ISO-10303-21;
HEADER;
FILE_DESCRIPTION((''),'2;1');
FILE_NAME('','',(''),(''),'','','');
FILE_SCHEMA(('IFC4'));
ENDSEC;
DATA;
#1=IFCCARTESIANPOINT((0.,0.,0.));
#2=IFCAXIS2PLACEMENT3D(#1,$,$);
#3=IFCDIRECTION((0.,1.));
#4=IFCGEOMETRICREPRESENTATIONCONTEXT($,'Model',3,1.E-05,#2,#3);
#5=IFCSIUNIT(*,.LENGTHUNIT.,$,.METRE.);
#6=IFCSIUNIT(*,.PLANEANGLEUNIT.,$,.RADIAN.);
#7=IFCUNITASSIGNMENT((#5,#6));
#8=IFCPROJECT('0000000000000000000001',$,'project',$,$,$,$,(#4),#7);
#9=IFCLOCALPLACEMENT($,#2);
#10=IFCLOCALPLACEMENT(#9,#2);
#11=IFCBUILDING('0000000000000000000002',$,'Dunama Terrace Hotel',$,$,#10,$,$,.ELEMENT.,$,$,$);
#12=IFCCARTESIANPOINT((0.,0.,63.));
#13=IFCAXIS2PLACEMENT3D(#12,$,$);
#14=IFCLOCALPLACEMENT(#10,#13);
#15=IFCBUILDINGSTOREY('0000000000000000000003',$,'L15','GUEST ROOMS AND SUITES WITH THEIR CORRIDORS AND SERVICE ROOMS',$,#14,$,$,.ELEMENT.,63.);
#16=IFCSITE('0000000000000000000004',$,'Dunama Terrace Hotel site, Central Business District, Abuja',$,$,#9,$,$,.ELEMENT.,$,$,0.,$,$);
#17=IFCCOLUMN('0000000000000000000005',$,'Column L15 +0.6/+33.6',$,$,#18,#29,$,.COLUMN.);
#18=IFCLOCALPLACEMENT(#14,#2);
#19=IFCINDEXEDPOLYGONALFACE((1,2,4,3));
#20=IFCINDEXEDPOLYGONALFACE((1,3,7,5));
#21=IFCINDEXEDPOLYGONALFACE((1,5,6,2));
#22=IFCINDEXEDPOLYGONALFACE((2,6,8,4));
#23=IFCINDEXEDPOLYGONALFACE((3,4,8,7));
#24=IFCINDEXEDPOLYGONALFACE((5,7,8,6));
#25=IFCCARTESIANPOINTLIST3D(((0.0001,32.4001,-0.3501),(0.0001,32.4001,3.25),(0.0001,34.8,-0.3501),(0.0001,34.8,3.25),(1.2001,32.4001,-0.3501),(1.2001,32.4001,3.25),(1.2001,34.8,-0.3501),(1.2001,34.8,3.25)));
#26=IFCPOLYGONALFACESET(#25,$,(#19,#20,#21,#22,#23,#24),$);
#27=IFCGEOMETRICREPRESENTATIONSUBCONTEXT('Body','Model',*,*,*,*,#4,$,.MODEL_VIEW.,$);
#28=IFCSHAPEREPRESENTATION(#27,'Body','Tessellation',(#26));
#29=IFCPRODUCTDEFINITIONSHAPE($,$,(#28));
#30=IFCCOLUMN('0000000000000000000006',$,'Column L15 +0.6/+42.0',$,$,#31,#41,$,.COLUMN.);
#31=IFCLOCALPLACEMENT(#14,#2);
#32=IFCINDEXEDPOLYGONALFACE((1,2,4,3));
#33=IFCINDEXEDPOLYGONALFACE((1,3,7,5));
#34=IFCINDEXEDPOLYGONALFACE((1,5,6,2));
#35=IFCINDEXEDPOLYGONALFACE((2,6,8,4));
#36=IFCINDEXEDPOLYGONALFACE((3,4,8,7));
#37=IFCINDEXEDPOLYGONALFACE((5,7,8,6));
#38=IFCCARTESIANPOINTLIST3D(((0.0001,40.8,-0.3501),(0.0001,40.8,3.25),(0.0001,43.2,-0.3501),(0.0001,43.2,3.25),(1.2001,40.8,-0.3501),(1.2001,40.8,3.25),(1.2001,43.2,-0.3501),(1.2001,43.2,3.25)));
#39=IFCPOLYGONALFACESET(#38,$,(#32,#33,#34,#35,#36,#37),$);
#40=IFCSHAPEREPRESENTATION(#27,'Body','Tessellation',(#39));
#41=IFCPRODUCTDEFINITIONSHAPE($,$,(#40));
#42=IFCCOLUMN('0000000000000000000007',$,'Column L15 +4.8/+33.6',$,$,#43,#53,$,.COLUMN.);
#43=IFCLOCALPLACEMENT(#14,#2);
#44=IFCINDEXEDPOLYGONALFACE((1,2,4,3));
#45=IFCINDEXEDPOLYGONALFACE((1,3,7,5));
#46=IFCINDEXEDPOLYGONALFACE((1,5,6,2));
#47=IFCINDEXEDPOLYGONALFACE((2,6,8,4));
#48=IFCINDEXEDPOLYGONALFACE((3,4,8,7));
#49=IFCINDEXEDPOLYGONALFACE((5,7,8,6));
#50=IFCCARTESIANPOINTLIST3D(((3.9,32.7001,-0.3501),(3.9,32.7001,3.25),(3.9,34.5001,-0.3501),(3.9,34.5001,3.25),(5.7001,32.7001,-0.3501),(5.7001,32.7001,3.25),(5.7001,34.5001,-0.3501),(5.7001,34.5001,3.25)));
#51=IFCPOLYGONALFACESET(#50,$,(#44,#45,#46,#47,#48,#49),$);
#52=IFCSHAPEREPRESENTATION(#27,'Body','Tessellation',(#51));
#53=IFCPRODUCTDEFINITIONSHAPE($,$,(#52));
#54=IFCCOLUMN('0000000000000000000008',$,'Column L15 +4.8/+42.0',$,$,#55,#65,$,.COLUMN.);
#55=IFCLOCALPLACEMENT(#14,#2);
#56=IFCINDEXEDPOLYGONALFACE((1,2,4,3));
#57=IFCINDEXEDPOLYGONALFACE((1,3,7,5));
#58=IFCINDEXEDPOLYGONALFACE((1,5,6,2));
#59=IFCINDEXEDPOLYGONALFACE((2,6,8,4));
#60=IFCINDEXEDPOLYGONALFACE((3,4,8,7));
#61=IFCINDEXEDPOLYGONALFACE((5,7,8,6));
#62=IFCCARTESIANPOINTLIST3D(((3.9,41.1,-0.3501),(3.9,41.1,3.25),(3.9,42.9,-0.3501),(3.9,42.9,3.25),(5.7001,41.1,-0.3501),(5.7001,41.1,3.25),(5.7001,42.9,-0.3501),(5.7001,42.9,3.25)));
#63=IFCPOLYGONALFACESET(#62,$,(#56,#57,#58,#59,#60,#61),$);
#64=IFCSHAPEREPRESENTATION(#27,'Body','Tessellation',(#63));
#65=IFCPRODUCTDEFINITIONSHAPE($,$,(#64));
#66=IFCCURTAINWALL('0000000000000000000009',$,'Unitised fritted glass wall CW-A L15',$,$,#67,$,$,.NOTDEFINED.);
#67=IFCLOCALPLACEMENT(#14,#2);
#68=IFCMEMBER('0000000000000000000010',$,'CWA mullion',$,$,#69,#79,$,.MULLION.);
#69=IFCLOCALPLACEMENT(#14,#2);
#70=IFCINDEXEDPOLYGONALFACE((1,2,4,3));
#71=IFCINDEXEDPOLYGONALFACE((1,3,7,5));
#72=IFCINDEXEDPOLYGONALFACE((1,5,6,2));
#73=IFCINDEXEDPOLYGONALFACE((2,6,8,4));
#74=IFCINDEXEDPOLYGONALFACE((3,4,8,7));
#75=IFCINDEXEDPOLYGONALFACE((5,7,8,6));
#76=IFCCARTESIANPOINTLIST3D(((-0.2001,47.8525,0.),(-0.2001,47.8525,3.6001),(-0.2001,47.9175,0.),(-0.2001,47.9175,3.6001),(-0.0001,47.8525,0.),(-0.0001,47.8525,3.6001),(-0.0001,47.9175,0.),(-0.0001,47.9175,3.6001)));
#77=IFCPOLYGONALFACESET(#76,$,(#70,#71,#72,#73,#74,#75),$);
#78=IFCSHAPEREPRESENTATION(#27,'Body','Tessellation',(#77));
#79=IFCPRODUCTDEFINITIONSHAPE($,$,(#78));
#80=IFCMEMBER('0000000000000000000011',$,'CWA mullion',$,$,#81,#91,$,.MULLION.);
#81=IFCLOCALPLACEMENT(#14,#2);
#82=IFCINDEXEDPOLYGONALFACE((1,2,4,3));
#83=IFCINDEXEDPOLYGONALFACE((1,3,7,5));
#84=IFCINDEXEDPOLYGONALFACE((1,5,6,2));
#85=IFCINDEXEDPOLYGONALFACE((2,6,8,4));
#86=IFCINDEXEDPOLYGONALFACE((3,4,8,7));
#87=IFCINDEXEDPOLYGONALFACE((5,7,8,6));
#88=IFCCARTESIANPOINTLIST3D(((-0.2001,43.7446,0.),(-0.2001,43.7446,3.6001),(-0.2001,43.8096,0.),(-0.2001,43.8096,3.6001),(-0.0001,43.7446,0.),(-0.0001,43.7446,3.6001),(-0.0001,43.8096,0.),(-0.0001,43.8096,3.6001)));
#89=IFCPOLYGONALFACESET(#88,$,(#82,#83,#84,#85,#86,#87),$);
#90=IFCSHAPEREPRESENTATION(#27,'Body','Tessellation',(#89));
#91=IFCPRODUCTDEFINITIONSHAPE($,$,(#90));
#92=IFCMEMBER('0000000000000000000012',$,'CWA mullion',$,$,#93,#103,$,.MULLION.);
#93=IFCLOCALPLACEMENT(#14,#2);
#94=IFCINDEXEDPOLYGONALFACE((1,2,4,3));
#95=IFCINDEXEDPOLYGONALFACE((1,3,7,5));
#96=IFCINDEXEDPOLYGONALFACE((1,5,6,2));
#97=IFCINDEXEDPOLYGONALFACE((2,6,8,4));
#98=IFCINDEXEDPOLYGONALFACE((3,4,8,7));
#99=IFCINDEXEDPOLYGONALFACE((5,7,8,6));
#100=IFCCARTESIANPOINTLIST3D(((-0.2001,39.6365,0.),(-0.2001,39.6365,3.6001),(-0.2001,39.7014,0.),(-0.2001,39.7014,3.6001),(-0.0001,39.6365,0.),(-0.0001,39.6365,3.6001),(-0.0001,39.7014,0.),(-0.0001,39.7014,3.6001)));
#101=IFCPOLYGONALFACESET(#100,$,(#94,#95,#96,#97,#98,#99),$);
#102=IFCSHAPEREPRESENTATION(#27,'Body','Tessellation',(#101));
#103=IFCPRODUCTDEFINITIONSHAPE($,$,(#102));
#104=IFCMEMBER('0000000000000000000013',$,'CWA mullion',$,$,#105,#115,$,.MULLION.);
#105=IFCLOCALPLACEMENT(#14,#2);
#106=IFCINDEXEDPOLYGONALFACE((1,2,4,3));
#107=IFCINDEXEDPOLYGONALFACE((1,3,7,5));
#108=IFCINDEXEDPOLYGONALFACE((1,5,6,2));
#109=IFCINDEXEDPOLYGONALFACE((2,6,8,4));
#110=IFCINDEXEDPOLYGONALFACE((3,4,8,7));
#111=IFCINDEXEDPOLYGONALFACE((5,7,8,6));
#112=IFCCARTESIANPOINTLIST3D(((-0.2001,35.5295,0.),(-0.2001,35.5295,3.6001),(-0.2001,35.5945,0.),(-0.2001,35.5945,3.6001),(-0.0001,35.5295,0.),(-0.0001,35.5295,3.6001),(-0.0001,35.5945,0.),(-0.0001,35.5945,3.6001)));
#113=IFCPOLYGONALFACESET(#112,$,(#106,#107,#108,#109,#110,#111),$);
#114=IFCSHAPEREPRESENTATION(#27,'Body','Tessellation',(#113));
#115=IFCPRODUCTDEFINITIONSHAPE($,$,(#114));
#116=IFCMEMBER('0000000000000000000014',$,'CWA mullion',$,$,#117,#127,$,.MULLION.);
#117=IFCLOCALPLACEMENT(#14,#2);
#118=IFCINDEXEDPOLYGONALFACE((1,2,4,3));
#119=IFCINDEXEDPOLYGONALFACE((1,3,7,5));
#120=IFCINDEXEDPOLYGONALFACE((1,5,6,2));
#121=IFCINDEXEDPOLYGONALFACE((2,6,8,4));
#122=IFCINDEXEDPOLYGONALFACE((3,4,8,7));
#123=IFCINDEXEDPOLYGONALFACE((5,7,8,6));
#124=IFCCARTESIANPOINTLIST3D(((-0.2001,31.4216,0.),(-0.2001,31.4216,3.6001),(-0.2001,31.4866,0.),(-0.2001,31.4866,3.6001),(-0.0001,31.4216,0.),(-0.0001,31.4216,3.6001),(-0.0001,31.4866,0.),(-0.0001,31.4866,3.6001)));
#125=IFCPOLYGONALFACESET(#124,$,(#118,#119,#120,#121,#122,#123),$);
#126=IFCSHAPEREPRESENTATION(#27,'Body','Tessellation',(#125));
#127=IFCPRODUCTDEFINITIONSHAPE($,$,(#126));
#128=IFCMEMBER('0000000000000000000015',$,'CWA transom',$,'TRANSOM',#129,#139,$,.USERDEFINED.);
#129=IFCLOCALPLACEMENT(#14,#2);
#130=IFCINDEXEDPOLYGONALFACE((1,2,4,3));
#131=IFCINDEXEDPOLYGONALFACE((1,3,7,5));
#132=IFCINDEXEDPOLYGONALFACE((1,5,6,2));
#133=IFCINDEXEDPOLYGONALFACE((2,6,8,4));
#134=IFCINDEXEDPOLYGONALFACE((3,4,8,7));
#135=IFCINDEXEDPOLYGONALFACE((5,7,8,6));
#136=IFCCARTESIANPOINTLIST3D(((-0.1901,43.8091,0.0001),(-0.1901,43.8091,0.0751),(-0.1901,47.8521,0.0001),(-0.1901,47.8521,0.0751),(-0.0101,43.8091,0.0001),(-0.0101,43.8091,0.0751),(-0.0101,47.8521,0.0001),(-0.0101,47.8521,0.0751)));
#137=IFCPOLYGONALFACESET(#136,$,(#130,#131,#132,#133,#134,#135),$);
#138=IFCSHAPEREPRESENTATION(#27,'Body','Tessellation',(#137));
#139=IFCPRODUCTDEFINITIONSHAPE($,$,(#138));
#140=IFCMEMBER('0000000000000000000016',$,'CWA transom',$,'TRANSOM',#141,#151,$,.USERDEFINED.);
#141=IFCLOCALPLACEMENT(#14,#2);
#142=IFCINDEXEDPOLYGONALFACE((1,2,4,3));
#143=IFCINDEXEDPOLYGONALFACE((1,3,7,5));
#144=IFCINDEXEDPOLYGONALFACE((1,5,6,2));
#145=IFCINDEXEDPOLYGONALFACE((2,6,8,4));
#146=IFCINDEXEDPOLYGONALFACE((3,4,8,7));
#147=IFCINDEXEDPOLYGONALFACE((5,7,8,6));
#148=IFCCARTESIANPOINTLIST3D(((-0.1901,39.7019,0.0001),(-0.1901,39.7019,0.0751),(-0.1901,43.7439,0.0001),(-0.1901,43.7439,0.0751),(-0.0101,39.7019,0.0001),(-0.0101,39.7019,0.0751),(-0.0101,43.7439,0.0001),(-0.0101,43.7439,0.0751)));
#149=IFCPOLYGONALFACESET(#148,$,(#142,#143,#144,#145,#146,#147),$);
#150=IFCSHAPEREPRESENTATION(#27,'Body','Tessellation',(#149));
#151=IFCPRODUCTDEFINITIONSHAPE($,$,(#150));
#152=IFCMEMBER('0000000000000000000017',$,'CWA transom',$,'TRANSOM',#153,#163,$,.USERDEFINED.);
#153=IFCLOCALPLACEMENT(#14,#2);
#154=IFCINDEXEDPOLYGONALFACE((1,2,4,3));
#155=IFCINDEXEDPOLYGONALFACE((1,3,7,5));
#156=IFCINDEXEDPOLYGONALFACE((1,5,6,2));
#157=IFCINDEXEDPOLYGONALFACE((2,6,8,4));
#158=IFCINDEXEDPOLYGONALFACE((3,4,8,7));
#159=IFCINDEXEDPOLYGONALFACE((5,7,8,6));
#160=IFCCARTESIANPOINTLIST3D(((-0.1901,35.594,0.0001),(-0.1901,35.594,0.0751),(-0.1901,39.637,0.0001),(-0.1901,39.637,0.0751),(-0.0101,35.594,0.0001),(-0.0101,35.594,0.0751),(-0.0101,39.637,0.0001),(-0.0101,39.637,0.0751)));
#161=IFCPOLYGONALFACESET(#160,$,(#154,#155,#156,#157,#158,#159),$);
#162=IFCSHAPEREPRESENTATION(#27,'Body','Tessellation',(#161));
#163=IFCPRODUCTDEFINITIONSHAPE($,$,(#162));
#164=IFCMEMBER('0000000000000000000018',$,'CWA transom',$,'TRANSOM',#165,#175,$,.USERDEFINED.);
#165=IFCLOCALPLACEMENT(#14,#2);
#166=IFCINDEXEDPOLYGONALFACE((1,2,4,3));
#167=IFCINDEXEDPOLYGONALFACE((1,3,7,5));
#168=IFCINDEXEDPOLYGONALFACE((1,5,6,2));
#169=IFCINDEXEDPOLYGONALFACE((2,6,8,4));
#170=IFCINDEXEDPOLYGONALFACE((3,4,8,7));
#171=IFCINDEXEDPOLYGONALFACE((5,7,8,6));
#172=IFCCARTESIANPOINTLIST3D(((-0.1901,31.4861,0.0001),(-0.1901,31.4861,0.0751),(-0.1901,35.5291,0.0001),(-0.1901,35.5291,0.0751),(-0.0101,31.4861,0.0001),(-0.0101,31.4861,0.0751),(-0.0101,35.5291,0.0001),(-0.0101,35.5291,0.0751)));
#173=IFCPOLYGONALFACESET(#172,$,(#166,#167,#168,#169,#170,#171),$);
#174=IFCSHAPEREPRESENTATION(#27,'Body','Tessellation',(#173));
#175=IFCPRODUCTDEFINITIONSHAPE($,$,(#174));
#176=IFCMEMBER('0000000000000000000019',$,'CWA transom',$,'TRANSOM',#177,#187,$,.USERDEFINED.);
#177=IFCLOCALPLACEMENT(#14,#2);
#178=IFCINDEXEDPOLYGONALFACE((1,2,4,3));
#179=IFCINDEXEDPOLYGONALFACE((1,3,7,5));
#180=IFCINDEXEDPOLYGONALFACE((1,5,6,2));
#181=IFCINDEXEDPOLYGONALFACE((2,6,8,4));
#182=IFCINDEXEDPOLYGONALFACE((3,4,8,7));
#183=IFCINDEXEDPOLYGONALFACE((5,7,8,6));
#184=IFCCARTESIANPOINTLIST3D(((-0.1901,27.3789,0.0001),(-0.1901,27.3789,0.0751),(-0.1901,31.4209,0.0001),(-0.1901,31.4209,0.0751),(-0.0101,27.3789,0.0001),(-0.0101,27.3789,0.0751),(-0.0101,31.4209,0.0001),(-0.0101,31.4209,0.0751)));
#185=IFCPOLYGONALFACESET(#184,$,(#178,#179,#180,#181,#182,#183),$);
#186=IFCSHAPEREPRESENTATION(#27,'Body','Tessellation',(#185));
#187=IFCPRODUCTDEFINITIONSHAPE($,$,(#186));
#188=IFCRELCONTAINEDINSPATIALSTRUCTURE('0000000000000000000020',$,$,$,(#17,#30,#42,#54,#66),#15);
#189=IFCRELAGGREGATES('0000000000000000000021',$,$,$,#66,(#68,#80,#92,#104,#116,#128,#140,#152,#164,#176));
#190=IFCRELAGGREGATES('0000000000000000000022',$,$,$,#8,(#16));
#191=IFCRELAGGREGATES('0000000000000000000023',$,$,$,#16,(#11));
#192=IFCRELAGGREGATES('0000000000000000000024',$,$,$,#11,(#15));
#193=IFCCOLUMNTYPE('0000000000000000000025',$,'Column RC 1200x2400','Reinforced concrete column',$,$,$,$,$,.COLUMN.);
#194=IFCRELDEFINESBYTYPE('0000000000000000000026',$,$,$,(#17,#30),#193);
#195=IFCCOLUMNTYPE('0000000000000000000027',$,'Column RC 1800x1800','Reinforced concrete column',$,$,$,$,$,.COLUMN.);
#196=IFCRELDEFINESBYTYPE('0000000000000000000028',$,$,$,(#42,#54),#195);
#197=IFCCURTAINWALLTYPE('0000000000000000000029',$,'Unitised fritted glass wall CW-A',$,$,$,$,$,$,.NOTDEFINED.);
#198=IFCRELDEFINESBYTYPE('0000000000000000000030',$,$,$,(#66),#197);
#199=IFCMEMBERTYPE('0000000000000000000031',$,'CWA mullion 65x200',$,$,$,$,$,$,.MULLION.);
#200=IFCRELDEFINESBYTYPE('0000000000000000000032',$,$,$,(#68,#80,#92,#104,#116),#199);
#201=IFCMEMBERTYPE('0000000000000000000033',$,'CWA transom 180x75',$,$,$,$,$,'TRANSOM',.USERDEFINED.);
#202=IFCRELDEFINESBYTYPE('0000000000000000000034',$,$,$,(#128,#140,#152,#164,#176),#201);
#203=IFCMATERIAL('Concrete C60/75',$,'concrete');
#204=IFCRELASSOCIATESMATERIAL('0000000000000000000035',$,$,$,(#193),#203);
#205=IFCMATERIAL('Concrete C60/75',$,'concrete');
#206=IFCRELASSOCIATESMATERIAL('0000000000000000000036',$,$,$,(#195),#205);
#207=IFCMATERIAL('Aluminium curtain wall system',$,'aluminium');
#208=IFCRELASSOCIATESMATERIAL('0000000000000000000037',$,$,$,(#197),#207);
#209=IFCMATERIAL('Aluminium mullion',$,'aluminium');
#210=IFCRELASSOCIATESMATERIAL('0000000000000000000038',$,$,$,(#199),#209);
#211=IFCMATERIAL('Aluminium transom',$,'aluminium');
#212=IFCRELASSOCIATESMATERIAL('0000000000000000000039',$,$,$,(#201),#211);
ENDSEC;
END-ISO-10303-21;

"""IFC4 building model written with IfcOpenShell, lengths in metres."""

from ifc_helpers import new_model, si_unit, direction, frame, origin, origin_2d, place, context, subcontext, project, spatial, rectangle, extrude, material, material_profile, profile_set, type_object, element, aggregate, save


model = new_model("IFC4")

# Units and contexts
model_context = context("Model", 3, precision=1e-05, world=origin(), true_north=direction((0.0, 1.0)))
body_context = subcontext(model_context, "Body", "Model", "MODEL_VIEW")
ifc_project = project(units=[si_unit("LENGTHUNIT", "METRE"), si_unit("PLANEANGLEUNIT", "RADIAN")], contexts=[model_context])

# Site, building, storey
site_placement = place(None, origin())
site = spatial("IfcSite", under=ifc_project, at=site_placement, Name="Dunama Terrace Hotel site, Central Business District, Abuja", CompositionType="ELEMENT", RefElevation=0.0)
building_placement = place(site_placement, origin())
building = spatial("IfcBuilding", under=site, at=building_placement, Name="Dunama Terrace Hotel", CompositionType="ELEMENT")
storey_placement = place(building_placement, frame((0.0, 0.0, 63.0)))
storey = spatial("IfcBuildingStorey", under=building, at=storey_placement, Name="L15", Description="GUEST ROOMS AND SUITES WITH THEIR CORRIDORS AND SERVICE ROOMS", CompositionType="ELEMENT", Elevation=63.0)

# Columns
ifc_material_1 = material(Name="Concrete C60/75", Category="concrete")
ifc_material_profile_1 = material_profile(ifc_material_1, rectangle(XDim=1.2, YDim=2.3999, at=origin_2d()), Name="RC 1200x2400")
ifc_profile_set_1 = profile_set([ifc_material_profile_1], Name="Concrete C60/75")
column_type_1 = type_object("IfcColumnType", Name="Column RC 1200x2400", Description="Reinforced concrete column", PredefinedType="COLUMN", material=ifc_profile_set_1)
for number, where, z_axis, x_axis, name in (
    (1, (0.6001, 33.6001, -0.3501), (0.0, 0.0, 1.0), (1.0, 0.0, 0.0), "Column L15 +0.6/+33.6"),
    (2, (0.6001, 42.0, -0.3501), (0.0, 0.0, 1.0), (1.0, 0.0, 0.0), "Column L15 +0.6/+42.0"),
):
    element("IfcColumn", number, at=place(storey_placement, frame(where, z_axis=z_axis, x_axis=x_axis)), inside=storey, type_object=column_type_1, Name=name, PredefinedType="COLUMN", context=body_context, shape_type="SweptSolid", body=[
        extrude(rectangle(XDim=1.2, YDim=2.3999, at=origin_2d()), origin(), (0.0, 0.0, 1.0), 3.6001),
    ])
ifc_material_2 = material(Name="Concrete C60/75", Category="concrete")
ifc_material_profile_2 = material_profile(ifc_material_2, rectangle(XDim=1.8, YDim=1.8, at=origin_2d()), Name="RC 1800x1800")
ifc_profile_set_2 = profile_set([ifc_material_profile_2], Name="Concrete C60/75")
column_type_2 = type_object("IfcColumnType", Name="Column RC 1800x1800", Description="Reinforced concrete column", PredefinedType="COLUMN", material=ifc_profile_set_2)
for number, where, z_axis, x_axis, name in (
    (3, (4.8, 33.6001, -0.3501), (0.0, 0.0, 1.0), (1.0, 0.0, 0.0), "Column L15 +4.8/+33.6"),
    (4, (4.8, 42.0, -0.3501), (0.0, 0.0, 1.0), (1.0, 0.0, 0.0), "Column L15 +4.8/+42.0"),
):
    element("IfcColumn", number, at=place(storey_placement, frame(where, z_axis=z_axis, x_axis=x_axis)), inside=storey, type_object=column_type_2, Name=name, PredefinedType="COLUMN", context=body_context, shape_type="SweptSolid", body=[
        extrude(rectangle(XDim=1.8, YDim=1.8, at=origin_2d()), origin(), (0.0, 0.0, 1.0), 3.6001),
    ])

# Curtain wall, members
ifc_material_3 = material(Name="Aluminium curtain wall system", Category="aluminium")
curtain_wall_type = type_object("IfcCurtainWallType", Name="Unitised fritted glass wall CW-A", PredefinedType="NOTDEFINED", material=ifc_material_3)
curtain_wall_placement = place(storey_placement, origin())
curtain_wall = element("IfcCurtainWall", 5, at=curtain_wall_placement, inside=storey, type_object=curtain_wall_type, Name="Unitised fritted glass wall CW-A L15", PredefinedType="NOTDEFINED")
ifc_material_4 = material(Name="Aluminium mullion", Category="aluminium")
ifc_material_profile_3 = material_profile(ifc_material_4, rectangle(XDim=0.0649, YDim=0.2, at=origin_2d()), Name="CWA MULLION 65X200")
ifc_profile_set_3 = profile_set([ifc_material_profile_3], Name="Aluminium mullion")
member_type_1 = type_object("IfcMemberType", Name="CWA mullion 65x200", PredefinedType="MULLION", material=ifc_profile_set_3)
member_1_placement = place(storey_placement, frame((-0.1001, 47.885, 0.0), z_axis=(0.0, 0.0, 1.0), x_axis=(0.0, -1.0, 0.0)))
member_1 = element("IfcMember", 6, at=member_1_placement, type_object=member_type_1, Name="CWA mullion", PredefinedType="MULLION", context=body_context, shape_type="SweptSolid", body=[
    extrude(rectangle(XDim=0.0649, YDim=0.2, at=origin_2d()), origin(), (0.0, 0.0, 1.0), 3.6001),
])
member_2_placement = place(storey_placement, frame((-0.1001, 43.7771, 0.0), z_axis=(0.0, 0.0, 1.0), x_axis=(0.0, -1.0, 0.0)))
member_2 = element("IfcMember", 7, at=member_2_placement, type_object=member_type_1, Name="CWA mullion", PredefinedType="MULLION", context=body_context, shape_type="SweptSolid", body=[
    extrude(rectangle(XDim=0.0649, YDim=0.2, at=origin_2d()), origin(), (0.0, 0.0, 1.0), 3.6001),
])
member_3_placement = place(storey_placement, frame((-0.1001, 39.6689, 0.0), z_axis=(0.0, 0.0, 1.0), x_axis=(0.0, -1.0, 0.0)))
member_3 = element("IfcMember", 8, at=member_3_placement, type_object=member_type_1, Name="CWA mullion", PredefinedType="MULLION", context=body_context, shape_type="SweptSolid", body=[
    extrude(rectangle(XDim=0.0649, YDim=0.2, at=origin_2d()), origin(), (0.0, 0.0, 1.0), 3.6001),
])
member_4_placement = place(storey_placement, frame((-0.1001, 35.562, 0.0), z_axis=(0.0, 0.0, 1.0), x_axis=(0.0, -1.0, 0.0)))
member_4 = element("IfcMember", 9, at=member_4_placement, type_object=member_type_1, Name="CWA mullion", PredefinedType="MULLION", context=body_context, shape_type="SweptSolid", body=[
    extrude(rectangle(XDim=0.0649, YDim=0.2, at=origin_2d()), origin(), (0.0, 0.0, 1.0), 3.6001),
])
member_5_placement = place(storey_placement, frame((-0.1001, 31.4541, 0.0), z_axis=(0.0, 0.0, 1.0), x_axis=(0.0, -1.0, 0.0)))
member_5 = element("IfcMember", 10, at=member_5_placement, type_object=member_type_1, Name="CWA mullion", PredefinedType="MULLION", context=body_context, shape_type="SweptSolid", body=[
    extrude(rectangle(XDim=0.0649, YDim=0.2, at=origin_2d()), origin(), (0.0, 0.0, 1.0), 3.6001),
])
ifc_material_5 = material(Name="Aluminium transom", Category="aluminium")
ifc_material_profile_4 = material_profile(ifc_material_5, rectangle(XDim=0.1799, YDim=0.075, at=origin_2d()), Name="CWA TRANSOM 180X75")
ifc_profile_set_4 = profile_set([ifc_material_profile_4], Name="Aluminium transom")
member_type_2 = type_object("IfcMemberType", Name="CWA transom 180x75", ElementType="TRANSOM", PredefinedType="USERDEFINED", material=ifc_profile_set_4)
member_6_placement = place(storey_placement, frame((-0.1001, 47.8521, 0.0376), z_axis=(0.0, -1.0, 0.0), x_axis=(1.0, 0.0, 0.0)))
member_6 = element("IfcMember", 11, at=member_6_placement, type_object=member_type_2, Name="CWA transom", ObjectType="TRANSOM", PredefinedType="USERDEFINED", context=body_context, shape_type="SweptSolid", body=[
    extrude(rectangle(XDim=0.1799, YDim=0.075, at=origin_2d()), origin(), (0.0, 0.0, 1.0), 4.043),
])
member_7_placement = place(storey_placement, frame((-0.1001, 43.7439, 0.0376), z_axis=(0.0, -1.0, 0.0), x_axis=(1.0, 0.0, 0.0)))
member_7 = element("IfcMember", 12, at=member_7_placement, type_object=member_type_2, Name="CWA transom", ObjectType="TRANSOM", PredefinedType="USERDEFINED", context=body_context, shape_type="SweptSolid", body=[
    extrude(rectangle(XDim=0.1799, YDim=0.075, at=origin_2d()), origin(), (0.0, 0.0, 1.0), 4.042),
])
member_8_placement = place(storey_placement, frame((-0.1001, 39.637, 0.0376), z_axis=(0.0, -1.0, 0.0), x_axis=(1.0, 0.0, 0.0)))
member_8 = element("IfcMember", 13, at=member_8_placement, type_object=member_type_2, Name="CWA transom", ObjectType="TRANSOM", PredefinedType="USERDEFINED", context=body_context, shape_type="SweptSolid", body=[
    extrude(rectangle(XDim=0.1799, YDim=0.075, at=origin_2d()), origin(), (0.0, 0.0, 1.0), 4.043),
])
member_9_placement = place(storey_placement, frame((-0.1001, 35.5291, 0.0376), z_axis=(0.0, -1.0, 0.0), x_axis=(1.0, 0.0, 0.0)))
member_9 = element("IfcMember", 14, at=member_9_placement, type_object=member_type_2, Name="CWA transom", ObjectType="TRANSOM", PredefinedType="USERDEFINED", context=body_context, shape_type="SweptSolid", body=[
    extrude(rectangle(XDim=0.1799, YDim=0.075, at=origin_2d()), origin(), (0.0, 0.0, 1.0), 4.043),
])
member_10_placement = place(storey_placement, frame((-0.1001, 31.4209, 0.0376), z_axis=(0.0, -1.0, 0.0), x_axis=(1.0, 0.0, 0.0)))
member_10 = element("IfcMember", 15, at=member_10_placement, type_object=member_type_2, Name="CWA transom", ObjectType="TRANSOM", PredefinedType="USERDEFINED", context=body_context, shape_type="SweptSolid", body=[
    extrude(rectangle(XDim=0.1799, YDim=0.075, at=origin_2d()), origin(), (0.0, 0.0, 1.0), 4.042),
])

aggregate(curtain_wall, [member_1, member_2, member_3, member_4, member_5, member_6, member_7, member_8, member_9, member_10])

save(model, "model.ifc")
